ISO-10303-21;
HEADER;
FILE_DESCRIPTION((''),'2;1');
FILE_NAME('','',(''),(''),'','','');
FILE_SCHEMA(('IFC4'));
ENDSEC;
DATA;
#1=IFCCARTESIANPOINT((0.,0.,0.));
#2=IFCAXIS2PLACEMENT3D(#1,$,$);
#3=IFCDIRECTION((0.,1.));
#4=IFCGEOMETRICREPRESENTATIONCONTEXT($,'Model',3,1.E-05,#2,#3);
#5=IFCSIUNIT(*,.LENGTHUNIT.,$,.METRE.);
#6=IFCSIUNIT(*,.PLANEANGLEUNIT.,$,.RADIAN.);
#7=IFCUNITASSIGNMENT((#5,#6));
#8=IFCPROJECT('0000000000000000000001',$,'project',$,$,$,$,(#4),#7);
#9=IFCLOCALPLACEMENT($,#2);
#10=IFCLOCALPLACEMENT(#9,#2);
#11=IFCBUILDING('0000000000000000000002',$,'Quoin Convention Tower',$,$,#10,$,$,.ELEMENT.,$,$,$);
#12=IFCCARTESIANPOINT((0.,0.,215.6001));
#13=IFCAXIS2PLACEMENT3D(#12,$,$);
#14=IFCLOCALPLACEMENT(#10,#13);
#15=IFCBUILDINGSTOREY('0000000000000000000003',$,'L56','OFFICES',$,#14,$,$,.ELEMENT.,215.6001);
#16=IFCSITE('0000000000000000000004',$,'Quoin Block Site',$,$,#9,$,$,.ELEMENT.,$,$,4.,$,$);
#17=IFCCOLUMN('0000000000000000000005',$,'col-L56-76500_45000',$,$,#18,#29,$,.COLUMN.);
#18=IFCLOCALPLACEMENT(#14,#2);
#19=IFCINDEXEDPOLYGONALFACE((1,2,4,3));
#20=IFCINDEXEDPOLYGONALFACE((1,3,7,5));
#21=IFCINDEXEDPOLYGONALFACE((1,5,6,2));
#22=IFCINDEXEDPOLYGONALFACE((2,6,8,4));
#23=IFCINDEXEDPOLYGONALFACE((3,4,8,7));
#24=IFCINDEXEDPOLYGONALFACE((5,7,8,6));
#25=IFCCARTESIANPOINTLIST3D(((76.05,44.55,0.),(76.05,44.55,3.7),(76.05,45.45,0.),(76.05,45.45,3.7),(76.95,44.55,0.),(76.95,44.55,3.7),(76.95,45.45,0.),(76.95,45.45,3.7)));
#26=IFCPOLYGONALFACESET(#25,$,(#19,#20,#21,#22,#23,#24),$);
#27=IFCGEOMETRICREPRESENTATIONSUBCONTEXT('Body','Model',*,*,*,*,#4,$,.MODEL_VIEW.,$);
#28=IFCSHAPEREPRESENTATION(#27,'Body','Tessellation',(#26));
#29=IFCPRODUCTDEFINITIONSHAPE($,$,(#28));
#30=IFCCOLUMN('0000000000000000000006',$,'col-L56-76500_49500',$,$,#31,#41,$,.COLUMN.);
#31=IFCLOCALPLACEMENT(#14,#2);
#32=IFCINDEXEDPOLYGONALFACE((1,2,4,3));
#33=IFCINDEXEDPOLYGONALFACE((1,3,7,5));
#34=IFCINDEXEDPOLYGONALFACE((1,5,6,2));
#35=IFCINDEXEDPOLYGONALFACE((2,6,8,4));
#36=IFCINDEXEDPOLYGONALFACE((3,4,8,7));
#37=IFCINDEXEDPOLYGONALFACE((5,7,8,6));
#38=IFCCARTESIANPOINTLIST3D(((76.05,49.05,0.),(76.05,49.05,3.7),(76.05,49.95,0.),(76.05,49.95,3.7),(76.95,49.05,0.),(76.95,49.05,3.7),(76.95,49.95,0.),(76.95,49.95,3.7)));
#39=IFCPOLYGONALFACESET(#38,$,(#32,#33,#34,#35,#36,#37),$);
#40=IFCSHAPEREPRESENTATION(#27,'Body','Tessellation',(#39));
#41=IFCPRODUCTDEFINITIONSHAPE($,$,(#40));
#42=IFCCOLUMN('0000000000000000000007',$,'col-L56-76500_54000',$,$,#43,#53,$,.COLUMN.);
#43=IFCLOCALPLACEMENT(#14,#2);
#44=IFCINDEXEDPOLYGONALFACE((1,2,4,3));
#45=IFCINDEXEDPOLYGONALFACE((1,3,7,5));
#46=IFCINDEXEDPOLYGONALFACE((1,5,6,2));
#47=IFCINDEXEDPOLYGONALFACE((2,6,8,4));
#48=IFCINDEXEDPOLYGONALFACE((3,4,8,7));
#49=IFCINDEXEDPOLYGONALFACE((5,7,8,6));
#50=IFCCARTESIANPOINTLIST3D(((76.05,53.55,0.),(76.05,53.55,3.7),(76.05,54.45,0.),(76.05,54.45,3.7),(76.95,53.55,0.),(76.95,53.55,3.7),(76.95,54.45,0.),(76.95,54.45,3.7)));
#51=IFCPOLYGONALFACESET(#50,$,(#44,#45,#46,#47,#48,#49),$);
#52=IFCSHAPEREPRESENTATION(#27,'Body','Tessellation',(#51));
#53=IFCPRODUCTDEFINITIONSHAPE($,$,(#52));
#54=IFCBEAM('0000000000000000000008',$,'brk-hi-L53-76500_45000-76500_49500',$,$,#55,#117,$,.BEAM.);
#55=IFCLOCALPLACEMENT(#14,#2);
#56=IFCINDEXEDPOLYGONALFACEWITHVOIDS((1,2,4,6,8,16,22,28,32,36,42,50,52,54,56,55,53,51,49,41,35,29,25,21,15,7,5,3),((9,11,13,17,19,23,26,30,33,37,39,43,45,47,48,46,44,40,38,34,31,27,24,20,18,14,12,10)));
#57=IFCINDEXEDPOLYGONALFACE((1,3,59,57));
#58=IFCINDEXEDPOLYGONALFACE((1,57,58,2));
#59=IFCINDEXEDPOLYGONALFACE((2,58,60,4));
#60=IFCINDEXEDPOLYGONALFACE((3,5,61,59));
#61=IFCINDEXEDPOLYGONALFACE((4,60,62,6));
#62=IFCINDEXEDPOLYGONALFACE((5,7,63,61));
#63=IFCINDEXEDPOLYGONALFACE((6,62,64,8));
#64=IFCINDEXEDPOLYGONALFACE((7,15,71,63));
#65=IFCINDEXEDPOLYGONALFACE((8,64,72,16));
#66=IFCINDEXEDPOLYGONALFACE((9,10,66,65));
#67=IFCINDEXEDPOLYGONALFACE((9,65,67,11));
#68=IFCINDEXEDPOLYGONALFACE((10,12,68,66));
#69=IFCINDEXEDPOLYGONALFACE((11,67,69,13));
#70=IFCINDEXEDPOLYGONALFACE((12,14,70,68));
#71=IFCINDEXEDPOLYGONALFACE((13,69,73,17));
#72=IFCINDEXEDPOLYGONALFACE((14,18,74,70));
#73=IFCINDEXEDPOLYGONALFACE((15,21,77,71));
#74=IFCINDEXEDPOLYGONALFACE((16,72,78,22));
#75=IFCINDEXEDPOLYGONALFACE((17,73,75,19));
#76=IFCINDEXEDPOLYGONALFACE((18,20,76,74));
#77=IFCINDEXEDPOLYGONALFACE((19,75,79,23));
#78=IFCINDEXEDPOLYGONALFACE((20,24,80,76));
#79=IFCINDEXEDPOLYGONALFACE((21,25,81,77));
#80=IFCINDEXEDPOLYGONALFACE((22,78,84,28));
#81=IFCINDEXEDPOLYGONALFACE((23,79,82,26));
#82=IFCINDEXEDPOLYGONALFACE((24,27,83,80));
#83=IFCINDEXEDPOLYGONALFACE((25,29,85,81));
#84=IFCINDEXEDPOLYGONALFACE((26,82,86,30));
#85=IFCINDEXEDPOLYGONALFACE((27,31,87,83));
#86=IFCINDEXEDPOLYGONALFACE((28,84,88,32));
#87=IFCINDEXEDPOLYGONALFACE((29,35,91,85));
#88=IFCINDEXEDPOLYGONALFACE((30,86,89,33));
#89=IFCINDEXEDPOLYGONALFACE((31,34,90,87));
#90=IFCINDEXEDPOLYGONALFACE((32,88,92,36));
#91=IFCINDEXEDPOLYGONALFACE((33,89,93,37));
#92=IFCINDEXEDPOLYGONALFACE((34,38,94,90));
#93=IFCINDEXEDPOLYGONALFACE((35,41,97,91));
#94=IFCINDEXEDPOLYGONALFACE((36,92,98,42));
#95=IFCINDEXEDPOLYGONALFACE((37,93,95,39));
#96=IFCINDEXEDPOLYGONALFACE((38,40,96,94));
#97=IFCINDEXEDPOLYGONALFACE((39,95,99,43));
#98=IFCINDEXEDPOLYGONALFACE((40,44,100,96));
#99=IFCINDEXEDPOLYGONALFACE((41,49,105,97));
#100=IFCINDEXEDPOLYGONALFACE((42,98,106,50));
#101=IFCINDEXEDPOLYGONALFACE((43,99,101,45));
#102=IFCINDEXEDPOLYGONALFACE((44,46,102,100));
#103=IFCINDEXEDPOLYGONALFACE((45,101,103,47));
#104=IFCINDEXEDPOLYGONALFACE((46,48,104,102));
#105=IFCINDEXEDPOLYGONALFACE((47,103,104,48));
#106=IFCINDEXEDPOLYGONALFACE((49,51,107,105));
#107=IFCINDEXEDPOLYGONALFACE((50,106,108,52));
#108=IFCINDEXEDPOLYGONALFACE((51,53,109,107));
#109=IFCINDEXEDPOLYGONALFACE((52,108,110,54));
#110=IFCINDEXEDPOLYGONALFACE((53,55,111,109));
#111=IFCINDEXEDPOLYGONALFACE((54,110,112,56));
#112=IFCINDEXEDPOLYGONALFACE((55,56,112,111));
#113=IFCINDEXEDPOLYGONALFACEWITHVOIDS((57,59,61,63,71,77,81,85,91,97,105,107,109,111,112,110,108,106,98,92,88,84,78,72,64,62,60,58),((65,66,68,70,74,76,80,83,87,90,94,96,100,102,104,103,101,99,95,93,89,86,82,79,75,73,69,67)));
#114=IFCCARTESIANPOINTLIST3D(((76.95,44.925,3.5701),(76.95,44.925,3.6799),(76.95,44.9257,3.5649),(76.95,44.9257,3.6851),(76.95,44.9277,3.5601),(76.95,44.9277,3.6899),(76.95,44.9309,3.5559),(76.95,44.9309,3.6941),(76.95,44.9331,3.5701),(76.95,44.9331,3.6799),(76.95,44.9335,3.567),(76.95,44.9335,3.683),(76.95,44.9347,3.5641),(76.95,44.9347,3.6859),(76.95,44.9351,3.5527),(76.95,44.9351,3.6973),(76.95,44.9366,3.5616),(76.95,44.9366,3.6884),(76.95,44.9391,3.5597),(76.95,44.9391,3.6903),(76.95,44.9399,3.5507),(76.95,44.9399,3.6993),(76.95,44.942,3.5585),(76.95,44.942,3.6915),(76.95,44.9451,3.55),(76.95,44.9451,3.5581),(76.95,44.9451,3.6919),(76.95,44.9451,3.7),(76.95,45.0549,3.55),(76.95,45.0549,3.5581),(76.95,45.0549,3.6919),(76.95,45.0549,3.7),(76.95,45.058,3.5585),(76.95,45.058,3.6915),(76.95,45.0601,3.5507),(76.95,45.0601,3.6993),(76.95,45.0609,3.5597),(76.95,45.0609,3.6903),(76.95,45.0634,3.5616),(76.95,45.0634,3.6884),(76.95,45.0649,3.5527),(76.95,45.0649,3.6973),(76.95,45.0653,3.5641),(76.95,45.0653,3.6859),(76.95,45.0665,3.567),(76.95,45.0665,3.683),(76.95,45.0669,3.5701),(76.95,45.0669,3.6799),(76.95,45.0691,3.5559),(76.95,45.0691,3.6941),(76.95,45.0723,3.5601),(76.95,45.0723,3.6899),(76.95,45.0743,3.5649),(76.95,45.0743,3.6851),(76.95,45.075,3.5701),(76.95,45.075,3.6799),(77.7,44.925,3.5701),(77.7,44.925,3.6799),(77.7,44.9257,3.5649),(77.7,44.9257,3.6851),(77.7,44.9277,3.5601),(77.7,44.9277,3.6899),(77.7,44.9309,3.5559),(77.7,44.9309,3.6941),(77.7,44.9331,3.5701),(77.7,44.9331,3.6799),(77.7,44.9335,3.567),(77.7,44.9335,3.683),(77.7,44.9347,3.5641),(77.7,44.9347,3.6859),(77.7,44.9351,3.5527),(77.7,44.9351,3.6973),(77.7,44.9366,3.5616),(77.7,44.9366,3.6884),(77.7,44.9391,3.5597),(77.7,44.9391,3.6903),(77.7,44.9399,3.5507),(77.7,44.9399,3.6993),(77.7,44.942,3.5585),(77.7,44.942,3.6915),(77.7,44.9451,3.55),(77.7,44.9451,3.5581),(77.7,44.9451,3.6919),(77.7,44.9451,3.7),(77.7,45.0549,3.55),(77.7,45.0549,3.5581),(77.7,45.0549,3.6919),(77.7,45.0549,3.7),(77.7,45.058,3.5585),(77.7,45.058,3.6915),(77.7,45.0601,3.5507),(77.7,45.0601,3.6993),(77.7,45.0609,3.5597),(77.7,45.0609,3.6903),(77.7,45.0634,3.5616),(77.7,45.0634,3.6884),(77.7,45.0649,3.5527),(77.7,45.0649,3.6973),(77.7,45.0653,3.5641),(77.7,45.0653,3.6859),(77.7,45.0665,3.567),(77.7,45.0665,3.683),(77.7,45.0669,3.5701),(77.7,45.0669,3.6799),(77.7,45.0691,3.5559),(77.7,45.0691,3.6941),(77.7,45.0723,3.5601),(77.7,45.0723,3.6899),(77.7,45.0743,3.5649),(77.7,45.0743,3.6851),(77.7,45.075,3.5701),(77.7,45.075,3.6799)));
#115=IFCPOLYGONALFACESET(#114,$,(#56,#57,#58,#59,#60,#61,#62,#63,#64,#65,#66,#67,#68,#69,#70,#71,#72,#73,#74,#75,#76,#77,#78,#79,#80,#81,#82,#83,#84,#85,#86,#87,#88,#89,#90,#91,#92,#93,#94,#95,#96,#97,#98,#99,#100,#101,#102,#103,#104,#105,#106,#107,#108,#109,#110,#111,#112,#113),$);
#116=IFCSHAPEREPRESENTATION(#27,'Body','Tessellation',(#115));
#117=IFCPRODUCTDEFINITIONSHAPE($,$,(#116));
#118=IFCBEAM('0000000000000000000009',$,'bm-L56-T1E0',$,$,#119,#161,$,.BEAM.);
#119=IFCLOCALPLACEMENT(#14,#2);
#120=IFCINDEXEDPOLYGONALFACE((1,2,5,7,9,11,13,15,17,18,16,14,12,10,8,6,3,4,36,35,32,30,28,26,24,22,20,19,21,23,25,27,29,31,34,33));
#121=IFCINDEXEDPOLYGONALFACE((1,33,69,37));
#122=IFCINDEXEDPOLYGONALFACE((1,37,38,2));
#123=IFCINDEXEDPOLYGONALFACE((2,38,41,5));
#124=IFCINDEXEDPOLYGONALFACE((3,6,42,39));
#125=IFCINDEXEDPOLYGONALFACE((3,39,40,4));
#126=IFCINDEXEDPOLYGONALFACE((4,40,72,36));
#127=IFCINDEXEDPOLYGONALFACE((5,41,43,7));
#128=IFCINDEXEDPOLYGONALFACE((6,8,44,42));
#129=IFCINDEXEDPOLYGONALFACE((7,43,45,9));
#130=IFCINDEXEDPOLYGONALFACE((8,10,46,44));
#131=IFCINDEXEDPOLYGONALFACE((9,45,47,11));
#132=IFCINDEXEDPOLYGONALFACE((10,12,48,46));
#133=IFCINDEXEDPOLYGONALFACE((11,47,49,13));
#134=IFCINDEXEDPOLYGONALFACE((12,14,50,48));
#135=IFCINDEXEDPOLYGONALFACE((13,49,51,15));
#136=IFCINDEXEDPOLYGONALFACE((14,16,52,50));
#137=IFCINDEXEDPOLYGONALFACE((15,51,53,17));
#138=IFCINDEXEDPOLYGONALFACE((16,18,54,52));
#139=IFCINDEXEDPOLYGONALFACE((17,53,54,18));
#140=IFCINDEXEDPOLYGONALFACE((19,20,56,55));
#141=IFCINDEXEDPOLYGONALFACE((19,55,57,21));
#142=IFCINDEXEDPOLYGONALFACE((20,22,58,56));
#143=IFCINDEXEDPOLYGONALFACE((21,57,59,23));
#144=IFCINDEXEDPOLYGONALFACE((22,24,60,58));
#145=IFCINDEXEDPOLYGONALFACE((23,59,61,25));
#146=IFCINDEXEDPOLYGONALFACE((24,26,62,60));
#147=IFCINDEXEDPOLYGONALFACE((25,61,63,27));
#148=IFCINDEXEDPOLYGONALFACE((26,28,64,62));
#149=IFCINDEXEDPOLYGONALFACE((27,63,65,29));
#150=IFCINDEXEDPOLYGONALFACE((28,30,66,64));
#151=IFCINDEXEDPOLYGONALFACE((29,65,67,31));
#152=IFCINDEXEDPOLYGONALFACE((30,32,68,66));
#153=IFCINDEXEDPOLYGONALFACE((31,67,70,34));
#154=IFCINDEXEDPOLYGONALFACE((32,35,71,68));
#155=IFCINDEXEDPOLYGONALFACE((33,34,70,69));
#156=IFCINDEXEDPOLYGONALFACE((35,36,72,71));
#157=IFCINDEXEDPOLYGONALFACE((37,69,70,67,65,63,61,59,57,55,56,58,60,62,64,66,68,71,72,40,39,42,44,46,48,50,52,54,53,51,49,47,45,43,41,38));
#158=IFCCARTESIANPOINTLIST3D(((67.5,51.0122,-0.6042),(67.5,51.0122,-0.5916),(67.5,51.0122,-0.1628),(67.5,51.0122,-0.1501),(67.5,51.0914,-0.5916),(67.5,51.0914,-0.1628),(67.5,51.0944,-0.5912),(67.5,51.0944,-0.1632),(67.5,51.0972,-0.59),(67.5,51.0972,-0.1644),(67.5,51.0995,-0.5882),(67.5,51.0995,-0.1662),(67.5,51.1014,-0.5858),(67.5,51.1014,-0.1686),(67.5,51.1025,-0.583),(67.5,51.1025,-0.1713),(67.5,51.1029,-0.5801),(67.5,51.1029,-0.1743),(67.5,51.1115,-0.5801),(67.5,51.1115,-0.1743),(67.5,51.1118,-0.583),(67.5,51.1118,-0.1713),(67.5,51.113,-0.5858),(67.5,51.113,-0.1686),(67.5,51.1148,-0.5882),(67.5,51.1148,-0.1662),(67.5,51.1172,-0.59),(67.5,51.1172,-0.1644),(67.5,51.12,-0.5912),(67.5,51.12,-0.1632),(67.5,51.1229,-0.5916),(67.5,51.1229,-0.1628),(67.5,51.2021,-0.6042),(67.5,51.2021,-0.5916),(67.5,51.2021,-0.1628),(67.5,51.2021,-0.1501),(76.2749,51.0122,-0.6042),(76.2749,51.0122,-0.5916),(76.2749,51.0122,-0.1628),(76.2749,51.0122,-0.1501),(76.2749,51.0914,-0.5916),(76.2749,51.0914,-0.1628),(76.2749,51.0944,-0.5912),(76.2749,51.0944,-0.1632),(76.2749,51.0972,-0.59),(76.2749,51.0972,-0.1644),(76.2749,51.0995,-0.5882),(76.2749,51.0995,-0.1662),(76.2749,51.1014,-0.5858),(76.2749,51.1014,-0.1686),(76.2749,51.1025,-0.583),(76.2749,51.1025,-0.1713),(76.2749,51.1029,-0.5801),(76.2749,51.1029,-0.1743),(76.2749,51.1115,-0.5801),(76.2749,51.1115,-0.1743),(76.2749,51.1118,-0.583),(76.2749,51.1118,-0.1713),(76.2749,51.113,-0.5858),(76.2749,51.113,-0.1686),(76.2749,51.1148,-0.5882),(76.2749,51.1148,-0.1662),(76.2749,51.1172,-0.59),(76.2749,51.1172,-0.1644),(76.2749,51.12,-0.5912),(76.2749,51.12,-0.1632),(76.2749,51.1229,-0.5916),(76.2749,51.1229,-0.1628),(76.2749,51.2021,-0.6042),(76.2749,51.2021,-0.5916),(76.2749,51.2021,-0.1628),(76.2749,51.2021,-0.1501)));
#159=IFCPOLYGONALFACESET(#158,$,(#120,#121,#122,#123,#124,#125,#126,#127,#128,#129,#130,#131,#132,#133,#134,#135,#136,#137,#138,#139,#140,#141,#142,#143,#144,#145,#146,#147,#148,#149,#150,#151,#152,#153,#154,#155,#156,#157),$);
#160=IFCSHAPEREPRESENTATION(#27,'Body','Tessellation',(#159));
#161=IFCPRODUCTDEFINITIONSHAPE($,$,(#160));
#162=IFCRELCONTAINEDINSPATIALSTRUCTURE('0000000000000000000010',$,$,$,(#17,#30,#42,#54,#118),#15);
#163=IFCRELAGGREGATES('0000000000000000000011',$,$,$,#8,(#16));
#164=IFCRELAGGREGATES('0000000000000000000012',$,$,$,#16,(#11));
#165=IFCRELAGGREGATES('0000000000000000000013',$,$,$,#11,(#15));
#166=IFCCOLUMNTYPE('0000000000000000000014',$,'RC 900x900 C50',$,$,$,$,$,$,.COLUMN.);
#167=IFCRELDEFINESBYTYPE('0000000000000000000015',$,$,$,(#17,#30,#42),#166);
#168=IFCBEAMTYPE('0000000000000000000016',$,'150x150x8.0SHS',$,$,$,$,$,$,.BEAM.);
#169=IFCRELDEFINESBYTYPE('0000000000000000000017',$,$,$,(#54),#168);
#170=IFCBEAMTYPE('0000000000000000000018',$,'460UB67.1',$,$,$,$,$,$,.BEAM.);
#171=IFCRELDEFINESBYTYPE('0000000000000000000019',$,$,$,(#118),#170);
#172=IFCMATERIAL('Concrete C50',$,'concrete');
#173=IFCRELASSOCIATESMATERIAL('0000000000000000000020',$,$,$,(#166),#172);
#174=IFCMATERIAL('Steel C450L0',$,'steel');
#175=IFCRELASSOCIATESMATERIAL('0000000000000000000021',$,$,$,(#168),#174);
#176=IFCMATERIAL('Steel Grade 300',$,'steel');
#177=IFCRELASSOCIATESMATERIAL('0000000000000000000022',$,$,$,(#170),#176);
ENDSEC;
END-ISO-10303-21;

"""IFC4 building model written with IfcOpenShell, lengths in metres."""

from ifc_helpers import new_model, si_unit, direction, frame, origin, origin_2d, place, context, subcontext, project, spatial, rectangle, hollow_rectangle, i_section, extrude, material, material_profile, profile_set, type_object, element, save


model = new_model("IFC4")

# Units and contexts
model_context = context("Model", 3, precision=1e-05, world=origin(), true_north=direction((0.0, 1.0)))
body_context = subcontext(model_context, "Body", "Model", "MODEL_VIEW")
ifc_project = project(units=[si_unit("LENGTHUNIT", "METRE"), si_unit("PLANEANGLEUNIT", "RADIAN")], contexts=[model_context])

# Site, building, storey
site_placement = place(None, origin())
site = spatial("IfcSite", under=ifc_project, at=site_placement, Name="Quoin Block Site", CompositionType="ELEMENT", RefElevation=4.0)
building_placement = place(site_placement, origin())
building = spatial("IfcBuilding", under=site, at=building_placement, Name="Quoin Convention Tower", CompositionType="ELEMENT")
storey_placement = place(building_placement, frame((0.0, 0.0, 215.6001)))
storey = spatial("IfcBuildingStorey", under=building, at=storey_placement, Name="L56", Description="OFFICES", CompositionType="ELEMENT", Elevation=215.6001)

# Columns
ifc_material_1 = material(Name="Concrete C50", Category="concrete")
ifc_material_profile_1 = material_profile(ifc_material_1, rectangle(XDim=0.8999, YDim=0.8999, at=origin_2d()), Name="RC 900x900")
ifc_profile_set_1 = profile_set([ifc_material_profile_1], Name="Concrete C50")
column_type = type_object("IfcColumnType", Name="RC 900x900 C50", PredefinedType="COLUMN", material=ifc_profile_set_1)
for number, where, z_axis, x_axis, name in (
    (1, (76.5, 45.0, 0.0), (0.0, 0.0, 1.0), (1.0, 0.0, 0.0), "col-L56-76500_45000"),
    (2, (76.5, 49.5, 0.0), (0.0, 0.0, 1.0), (1.0, 0.0, 0.0), "col-L56-76500_49500"),
    (3, (76.5, 54.0, 0.0), (0.0, 0.0, 1.0), (1.0, 0.0, 0.0), "col-L56-76500_54000"),
):
    element("IfcColumn", number, at=place(storey_placement, frame(where, z_axis=z_axis, x_axis=x_axis)), inside=storey, type_object=column_type, Name=name, PredefinedType="COLUMN", context=body_context, shape_type="SweptSolid", body=[
        extrude(rectangle(XDim=0.8999, YDim=0.8999, at=origin_2d()), origin(), (0.0, 0.0, 1.0), 3.7),
    ])

# Beams
ifc_material_2 = material(Name="Steel C450L0", Category="steel")
ifc_material_profile_2 = material_profile(ifc_material_2, hollow_rectangle(XDim=0.1499, YDim=0.1499, WallThickness=0.0081, InnerFilletRadius=0.012, OuterFilletRadius=0.02, at=origin_2d()), Name="150x150x8.0SHS")
ifc_profile_set_2 = profile_set([ifc_material_profile_2], Name="Steel C450L0")
beam_type_1 = type_object("IfcBeamType", Name="150x150x8.0SHS", PredefinedType="BEAM", material=ifc_profile_set_2)
beam_1_placement = place(storey_placement, frame((76.95, 45.0, 3.625), z_axis=(1.0, 0.0, 0.0), x_axis=(0.0, 1.0, 0.0)))
element("IfcBeam", 4, at=beam_1_placement, inside=storey, type_object=beam_type_1, Name="brk-hi-L53-76500_45000-76500_49500", PredefinedType="BEAM", context=body_context, shape_type="SweptSolid", body=[
    extrude(hollow_rectangle(XDim=0.1499, YDim=0.1499, WallThickness=0.0081, InnerFilletRadius=0.012, OuterFilletRadius=0.02, at=origin_2d()), origin(), (0.0, 0.0, 1.0), 0.75),
])
ifc_material_3 = material(Name="Steel Grade 300", Category="steel")
ifc_material_profile_3 = material_profile(ifc_material_3, i_section(OverallWidth=0.1899, OverallDepth=0.4541, WebThickness=0.0085, FlangeThickness=0.0127, FilletRadius=0.0115, at=origin_2d()), Name="460UB67.1")
ifc_profile_set_3 = profile_set([ifc_material_profile_3], Name="Steel Grade 300")
beam_type_2 = type_object("IfcBeamType", Name="460UB67.1", PredefinedType="BEAM", material=ifc_profile_set_3)
beam_2_placement = place(storey_placement, frame((67.5, 51.1072, -0.3772), z_axis=(1.0, 0.0, 0.0), x_axis=(0.0, 1.0, 0.0)))
element("IfcBeam", 5, at=beam_2_placement, inside=storey, type_object=beam_type_2, Name="bm-L56-T1E0", PredefinedType="BEAM", context=body_context, shape_type="SweptSolid", body=[
    extrude(i_section(OverallWidth=0.1899, OverallDepth=0.4541, WebThickness=0.0085, FlangeThickness=0.0127, FilletRadius=0.0115, at=origin_2d()), origin(), (0.0, 0.0, 1.0), 8.7749),
])

save(model, "model.ifc")
